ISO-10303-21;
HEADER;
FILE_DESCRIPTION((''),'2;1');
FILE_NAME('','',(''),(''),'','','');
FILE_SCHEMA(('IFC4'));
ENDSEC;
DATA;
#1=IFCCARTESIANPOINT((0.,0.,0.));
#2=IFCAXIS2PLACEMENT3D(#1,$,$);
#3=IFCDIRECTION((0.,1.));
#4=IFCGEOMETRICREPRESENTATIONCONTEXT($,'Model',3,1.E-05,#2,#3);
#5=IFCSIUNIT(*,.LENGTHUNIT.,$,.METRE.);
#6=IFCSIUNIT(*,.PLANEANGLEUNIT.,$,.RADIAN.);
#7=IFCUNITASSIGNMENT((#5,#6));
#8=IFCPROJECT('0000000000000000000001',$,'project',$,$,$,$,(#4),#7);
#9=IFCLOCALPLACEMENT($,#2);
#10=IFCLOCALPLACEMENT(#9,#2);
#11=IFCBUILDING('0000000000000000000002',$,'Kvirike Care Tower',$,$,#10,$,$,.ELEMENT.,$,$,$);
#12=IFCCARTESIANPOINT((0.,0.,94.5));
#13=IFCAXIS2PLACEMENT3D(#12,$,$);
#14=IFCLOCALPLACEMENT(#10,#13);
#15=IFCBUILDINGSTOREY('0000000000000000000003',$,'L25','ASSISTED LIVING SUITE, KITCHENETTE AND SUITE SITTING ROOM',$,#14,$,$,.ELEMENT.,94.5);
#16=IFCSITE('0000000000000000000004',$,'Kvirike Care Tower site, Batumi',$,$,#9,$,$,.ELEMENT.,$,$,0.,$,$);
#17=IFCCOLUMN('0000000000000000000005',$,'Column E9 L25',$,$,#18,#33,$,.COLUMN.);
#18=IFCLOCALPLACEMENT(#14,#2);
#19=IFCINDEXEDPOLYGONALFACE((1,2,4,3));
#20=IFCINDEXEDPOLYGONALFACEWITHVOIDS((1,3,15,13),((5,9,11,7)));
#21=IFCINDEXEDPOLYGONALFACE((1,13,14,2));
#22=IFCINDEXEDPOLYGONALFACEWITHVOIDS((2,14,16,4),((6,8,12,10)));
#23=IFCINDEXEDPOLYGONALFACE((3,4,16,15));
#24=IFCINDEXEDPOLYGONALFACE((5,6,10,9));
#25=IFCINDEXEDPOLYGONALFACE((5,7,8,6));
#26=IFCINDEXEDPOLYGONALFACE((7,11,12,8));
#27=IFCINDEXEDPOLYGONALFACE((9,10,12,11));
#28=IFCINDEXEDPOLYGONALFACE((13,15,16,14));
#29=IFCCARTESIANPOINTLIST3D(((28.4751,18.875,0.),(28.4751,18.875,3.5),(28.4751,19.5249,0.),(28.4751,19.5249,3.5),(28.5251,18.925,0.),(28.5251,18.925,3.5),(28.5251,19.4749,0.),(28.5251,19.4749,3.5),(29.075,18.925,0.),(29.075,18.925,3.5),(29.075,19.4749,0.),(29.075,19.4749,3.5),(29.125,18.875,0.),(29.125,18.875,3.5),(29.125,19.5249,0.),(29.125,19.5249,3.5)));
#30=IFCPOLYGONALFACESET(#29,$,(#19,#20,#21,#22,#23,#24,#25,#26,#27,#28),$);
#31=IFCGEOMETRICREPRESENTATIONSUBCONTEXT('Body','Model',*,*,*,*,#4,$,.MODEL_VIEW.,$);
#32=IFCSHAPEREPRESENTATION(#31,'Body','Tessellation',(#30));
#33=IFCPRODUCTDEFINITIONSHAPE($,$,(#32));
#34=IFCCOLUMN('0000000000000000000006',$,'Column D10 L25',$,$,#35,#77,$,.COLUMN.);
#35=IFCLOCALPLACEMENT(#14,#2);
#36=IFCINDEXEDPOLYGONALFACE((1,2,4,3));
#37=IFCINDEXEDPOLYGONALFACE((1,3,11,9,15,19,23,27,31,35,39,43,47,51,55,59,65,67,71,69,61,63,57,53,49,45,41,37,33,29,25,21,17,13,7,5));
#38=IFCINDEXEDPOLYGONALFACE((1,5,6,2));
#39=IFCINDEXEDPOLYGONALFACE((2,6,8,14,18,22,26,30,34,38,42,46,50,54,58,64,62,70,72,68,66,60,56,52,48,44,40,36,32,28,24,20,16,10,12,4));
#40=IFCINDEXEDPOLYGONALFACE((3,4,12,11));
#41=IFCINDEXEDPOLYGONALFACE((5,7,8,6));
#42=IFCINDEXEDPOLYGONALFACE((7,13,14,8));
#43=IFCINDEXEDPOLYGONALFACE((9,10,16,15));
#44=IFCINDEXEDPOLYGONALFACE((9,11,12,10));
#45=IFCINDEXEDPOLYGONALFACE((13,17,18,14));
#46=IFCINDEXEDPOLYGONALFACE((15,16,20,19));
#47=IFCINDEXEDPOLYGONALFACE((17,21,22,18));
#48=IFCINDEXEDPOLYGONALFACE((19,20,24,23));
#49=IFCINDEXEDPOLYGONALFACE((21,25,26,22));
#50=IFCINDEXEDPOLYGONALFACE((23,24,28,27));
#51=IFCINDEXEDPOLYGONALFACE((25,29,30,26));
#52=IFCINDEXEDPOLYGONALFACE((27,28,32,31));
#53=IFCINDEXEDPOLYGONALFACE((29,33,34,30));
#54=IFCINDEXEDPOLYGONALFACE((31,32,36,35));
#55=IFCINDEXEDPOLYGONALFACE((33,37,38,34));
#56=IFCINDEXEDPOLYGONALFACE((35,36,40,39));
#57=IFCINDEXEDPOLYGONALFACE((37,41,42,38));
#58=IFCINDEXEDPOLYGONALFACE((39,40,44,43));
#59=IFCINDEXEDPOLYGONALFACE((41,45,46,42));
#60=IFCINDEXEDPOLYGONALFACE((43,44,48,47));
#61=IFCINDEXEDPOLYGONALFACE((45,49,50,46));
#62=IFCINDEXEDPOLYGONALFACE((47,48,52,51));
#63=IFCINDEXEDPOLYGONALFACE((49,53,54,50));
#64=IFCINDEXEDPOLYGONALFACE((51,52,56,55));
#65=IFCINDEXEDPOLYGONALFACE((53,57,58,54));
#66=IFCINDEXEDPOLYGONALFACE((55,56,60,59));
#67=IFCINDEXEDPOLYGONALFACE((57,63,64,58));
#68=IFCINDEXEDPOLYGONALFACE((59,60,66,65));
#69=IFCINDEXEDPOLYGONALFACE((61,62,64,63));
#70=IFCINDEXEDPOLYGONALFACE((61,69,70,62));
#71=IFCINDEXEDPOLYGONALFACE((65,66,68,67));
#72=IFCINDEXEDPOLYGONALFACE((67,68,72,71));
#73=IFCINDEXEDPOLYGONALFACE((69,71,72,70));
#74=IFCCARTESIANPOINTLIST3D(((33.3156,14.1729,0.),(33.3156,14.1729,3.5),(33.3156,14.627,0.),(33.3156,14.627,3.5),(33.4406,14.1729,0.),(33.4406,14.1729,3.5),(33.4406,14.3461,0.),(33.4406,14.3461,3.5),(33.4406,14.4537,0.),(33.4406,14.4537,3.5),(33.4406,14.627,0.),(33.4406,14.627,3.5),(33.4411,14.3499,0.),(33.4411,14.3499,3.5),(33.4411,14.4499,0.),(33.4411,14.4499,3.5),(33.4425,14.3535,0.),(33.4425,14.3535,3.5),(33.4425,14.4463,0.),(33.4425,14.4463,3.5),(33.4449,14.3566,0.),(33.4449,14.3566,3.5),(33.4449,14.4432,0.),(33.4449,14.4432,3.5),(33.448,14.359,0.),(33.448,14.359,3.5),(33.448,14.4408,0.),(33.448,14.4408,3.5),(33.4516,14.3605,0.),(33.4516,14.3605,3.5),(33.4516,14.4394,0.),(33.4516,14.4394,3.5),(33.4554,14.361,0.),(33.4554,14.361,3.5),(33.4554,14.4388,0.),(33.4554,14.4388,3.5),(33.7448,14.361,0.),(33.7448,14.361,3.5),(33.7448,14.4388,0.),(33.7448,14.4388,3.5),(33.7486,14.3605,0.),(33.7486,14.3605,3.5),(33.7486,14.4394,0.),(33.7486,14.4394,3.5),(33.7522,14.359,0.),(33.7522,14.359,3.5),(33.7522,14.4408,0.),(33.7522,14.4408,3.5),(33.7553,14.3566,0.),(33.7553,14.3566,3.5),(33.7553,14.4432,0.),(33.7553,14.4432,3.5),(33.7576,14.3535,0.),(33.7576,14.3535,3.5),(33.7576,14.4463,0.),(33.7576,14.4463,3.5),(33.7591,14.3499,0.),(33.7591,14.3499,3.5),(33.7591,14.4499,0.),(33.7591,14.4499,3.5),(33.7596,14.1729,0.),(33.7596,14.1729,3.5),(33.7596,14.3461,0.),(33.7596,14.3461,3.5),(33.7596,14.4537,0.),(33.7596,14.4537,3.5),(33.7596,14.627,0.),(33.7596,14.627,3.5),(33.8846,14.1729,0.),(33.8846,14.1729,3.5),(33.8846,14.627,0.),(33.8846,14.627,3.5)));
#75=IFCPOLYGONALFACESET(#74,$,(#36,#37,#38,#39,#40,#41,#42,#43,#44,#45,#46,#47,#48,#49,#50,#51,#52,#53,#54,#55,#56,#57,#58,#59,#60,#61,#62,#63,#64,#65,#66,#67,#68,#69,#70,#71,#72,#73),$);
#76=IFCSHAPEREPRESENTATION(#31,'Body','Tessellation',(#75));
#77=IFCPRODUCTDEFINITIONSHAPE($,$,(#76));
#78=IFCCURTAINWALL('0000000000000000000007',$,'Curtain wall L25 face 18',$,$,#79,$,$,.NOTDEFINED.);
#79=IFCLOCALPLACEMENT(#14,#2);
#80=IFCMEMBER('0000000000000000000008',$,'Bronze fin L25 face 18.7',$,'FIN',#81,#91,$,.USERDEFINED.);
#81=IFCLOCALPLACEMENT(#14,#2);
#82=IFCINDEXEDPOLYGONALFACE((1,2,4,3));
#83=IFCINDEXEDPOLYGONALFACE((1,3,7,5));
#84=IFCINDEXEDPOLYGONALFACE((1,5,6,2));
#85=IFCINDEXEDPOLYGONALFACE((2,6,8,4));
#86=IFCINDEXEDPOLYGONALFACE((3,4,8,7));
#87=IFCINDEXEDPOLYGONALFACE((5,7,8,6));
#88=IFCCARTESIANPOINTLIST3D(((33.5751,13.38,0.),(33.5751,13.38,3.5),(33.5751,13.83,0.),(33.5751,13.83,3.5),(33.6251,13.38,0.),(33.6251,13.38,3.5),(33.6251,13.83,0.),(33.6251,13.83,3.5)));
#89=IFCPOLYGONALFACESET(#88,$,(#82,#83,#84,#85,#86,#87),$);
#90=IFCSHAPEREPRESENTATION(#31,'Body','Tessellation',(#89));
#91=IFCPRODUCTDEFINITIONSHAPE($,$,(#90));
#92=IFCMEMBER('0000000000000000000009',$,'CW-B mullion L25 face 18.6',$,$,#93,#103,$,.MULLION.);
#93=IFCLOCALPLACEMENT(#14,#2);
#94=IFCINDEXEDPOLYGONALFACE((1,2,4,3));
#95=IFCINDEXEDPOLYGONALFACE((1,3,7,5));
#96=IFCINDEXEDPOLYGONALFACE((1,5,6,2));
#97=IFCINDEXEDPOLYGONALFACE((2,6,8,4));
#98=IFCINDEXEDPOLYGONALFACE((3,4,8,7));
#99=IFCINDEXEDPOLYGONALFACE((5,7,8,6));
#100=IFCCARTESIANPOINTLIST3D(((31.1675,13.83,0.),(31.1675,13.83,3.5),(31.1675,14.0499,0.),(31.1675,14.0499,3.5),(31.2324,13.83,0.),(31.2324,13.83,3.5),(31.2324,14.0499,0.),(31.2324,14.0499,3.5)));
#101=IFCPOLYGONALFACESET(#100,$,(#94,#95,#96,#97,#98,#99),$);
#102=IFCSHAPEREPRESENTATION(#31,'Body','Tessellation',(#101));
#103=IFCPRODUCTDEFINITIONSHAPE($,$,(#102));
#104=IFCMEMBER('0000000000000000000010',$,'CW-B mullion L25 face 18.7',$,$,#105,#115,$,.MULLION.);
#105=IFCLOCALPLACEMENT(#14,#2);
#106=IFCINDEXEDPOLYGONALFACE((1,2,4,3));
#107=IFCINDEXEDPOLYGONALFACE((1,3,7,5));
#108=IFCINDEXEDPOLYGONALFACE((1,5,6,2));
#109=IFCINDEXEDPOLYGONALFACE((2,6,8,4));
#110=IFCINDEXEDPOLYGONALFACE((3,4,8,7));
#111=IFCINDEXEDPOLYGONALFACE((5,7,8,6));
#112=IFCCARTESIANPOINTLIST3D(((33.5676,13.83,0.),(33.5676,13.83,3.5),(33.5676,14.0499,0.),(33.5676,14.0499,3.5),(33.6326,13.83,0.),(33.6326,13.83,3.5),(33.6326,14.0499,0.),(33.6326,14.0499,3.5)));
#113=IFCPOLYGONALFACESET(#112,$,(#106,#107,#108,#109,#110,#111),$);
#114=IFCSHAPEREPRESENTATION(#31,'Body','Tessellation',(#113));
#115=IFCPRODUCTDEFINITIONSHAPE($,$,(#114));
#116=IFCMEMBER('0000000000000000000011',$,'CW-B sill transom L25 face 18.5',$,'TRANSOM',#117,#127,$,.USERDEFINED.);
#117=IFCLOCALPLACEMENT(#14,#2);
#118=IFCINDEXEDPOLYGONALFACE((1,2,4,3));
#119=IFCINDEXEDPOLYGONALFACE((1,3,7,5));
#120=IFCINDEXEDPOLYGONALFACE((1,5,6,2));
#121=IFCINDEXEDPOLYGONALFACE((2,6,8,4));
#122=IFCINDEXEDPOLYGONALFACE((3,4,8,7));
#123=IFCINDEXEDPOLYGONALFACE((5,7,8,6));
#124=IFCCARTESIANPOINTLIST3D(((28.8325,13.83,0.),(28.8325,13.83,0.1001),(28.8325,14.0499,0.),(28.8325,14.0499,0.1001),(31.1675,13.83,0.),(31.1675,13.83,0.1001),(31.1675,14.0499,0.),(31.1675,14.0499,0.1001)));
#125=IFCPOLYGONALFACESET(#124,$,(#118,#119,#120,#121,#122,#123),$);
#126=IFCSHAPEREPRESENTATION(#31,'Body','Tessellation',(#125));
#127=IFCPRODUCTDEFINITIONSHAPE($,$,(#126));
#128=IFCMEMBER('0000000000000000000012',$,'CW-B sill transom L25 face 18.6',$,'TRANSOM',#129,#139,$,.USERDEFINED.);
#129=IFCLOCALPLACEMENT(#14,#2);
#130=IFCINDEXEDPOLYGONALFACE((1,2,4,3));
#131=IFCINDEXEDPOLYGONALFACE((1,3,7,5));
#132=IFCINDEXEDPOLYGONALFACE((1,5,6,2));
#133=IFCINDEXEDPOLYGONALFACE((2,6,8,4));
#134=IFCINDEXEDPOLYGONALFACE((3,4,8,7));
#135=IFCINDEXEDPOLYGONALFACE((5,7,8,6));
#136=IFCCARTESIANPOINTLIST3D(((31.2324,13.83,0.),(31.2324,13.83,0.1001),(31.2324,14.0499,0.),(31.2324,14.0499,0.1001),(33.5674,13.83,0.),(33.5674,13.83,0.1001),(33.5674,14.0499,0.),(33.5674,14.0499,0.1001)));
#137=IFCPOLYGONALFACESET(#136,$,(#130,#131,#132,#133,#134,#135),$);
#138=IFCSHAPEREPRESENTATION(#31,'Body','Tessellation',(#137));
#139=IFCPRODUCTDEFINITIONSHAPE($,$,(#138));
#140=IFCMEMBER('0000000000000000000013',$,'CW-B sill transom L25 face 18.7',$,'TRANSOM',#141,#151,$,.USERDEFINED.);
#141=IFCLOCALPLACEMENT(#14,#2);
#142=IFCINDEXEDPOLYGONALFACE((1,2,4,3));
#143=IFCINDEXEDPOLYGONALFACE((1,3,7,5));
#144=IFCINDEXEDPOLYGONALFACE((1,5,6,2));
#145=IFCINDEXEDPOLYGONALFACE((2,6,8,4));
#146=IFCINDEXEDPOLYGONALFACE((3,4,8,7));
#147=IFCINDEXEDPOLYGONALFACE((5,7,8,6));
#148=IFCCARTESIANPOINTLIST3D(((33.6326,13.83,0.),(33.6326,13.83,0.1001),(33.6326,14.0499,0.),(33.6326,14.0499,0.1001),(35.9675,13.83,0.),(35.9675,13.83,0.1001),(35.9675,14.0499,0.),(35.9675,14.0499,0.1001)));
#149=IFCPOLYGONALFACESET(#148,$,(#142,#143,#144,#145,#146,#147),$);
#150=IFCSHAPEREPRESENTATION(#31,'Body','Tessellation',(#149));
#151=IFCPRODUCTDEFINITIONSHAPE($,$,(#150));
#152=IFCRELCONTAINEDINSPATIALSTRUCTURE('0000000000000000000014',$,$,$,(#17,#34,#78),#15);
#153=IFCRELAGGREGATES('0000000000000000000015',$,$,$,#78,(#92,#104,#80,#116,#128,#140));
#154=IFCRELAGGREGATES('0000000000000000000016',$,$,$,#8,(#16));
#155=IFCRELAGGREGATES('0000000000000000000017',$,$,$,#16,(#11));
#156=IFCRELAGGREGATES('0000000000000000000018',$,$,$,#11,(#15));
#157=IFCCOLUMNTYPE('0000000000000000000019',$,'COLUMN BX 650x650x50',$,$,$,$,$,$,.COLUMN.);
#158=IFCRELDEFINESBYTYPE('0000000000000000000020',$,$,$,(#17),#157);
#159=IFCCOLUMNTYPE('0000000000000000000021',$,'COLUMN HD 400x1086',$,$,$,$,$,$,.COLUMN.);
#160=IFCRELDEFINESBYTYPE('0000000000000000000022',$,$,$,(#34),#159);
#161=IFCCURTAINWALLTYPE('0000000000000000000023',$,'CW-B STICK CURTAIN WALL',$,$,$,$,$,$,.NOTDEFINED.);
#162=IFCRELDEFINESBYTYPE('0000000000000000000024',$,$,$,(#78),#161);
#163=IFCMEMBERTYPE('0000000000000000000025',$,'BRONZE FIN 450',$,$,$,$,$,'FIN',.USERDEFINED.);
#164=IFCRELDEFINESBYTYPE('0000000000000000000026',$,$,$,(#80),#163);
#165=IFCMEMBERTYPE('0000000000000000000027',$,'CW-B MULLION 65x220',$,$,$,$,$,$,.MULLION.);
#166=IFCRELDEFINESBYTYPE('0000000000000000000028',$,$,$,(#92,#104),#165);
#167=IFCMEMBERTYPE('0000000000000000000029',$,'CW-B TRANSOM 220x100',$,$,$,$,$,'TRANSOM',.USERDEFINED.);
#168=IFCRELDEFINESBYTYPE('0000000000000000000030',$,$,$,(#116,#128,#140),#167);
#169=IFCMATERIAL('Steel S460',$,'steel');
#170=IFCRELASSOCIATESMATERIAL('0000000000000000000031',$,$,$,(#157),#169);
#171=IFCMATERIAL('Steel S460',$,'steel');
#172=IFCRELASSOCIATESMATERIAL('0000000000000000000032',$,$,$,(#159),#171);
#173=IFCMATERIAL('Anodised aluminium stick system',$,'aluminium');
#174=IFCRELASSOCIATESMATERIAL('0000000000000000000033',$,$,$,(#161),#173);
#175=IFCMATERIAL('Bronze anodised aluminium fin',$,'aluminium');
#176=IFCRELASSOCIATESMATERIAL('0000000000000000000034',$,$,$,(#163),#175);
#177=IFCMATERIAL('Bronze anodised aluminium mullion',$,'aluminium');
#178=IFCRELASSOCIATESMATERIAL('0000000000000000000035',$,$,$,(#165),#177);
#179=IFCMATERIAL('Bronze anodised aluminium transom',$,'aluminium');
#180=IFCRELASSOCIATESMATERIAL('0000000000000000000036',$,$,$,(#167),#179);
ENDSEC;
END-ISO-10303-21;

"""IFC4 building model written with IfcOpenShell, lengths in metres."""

from ifc_helpers import new_model, si_unit, direction, frame, origin, origin_2d, place, context, subcontext, project, spatial, rectangle, hollow_rectangle, i_section, extrude, material, material_profile, profile_set, type_object, element, aggregate, save


model = new_model("IFC4")

# Units and contexts
model_context = context("Model", 3, precision=1e-05, world=origin(), true_north=direction((0.0, 1.0)))
body_context = subcontext(model_context, "Body", "Model", "MODEL_VIEW")
ifc_project = project(units=[si_unit("LENGTHUNIT", "METRE"), si_unit("PLANEANGLEUNIT", "RADIAN")], contexts=[model_context])

# Site, building, storey
site_placement = place(None, origin())
site = spatial("IfcSite", under=ifc_project, at=site_placement, Name="Kvirike Care Tower site, Batumi", CompositionType="ELEMENT", RefElevation=0.0)
building_placement = place(site_placement, origin())
building = spatial("IfcBuilding", under=site, at=building_placement, Name="Kvirike Care Tower", CompositionType="ELEMENT")
storey_placement = place(building_placement, frame((0.0, 0.0, 94.5)))
storey = spatial("IfcBuildingStorey", under=building, at=storey_placement, Name="L25", Description="ASSISTED LIVING SUITE, KITCHENETTE AND SUITE SITTING ROOM", CompositionType="ELEMENT", Elevation=94.5)

# Columns
ifc_material_1 = material(Name="Steel S460", Category="steel")
ifc_material_profile_1 = material_profile(ifc_material_1, hollow_rectangle(XDim=0.6499, YDim=0.6499, WallThickness=0.05, at=origin_2d()), Name="BX 650x650x50")
ifc_profile_set_1 = profile_set([ifc_material_profile_1], Name="Steel S460")
column_type_1 = type_object("IfcColumnType", Name="COLUMN BX 650x650x50", PredefinedType="COLUMN", material=ifc_profile_set_1)
column_1_placement = place(storey_placement, frame((28.8, 19.2, 0.0), z_axis=(0.0, 0.0, 1.0), x_axis=(1.0, 0.0, 0.0)))
element("IfcColumn", 1, at=column_1_placement, inside=storey, type_object=column_type_1, Name="Column E9 L25", PredefinedType="COLUMN", context=body_context, shape_type="SweptSolid", body=[
    extrude(hollow_rectangle(XDim=0.6499, YDim=0.6499, WallThickness=0.05, at=origin_2d()), origin(), (0.0, 0.0, 1.0), 3.5),
])
ifc_material_2 = material(Name="Steel S460", Category="steel")
ifc_material_profile_2 = material_profile(ifc_material_2, i_section(OverallWidth=0.4541, OverallDepth=0.5691, WebThickness=0.0779, FlangeThickness=0.125, FilletRadius=0.0149, at=origin_2d()), Name="HD 400x1086")
ifc_profile_set_2 = profile_set([ifc_material_profile_2], Name="Steel S460")
column_type_2 = type_object("IfcColumnType", Name="COLUMN HD 400x1086", PredefinedType="COLUMN", material=ifc_profile_set_2)
column_2_placement = place(storey_placement, frame((33.6001, 14.3999, 0.0), z_axis=(0.0, 0.0, 1.0), x_axis=(0.0, 1.0, 0.0)))
element("IfcColumn", 2, at=column_2_placement, inside=storey, type_object=column_type_2, Name="Column D10 L25", PredefinedType="COLUMN", context=body_context, shape_type="SweptSolid", body=[
    extrude(i_section(OverallWidth=0.4541, OverallDepth=0.5691, WebThickness=0.0779, FlangeThickness=0.125, FilletRadius=0.0149, at=origin_2d()), origin(), (0.0, 0.0, 1.0), 3.5),
])

# Curtain wall, members
ifc_material_3 = material(Name="Anodised aluminium stick system", Category="aluminium")
curtain_wall_type = type_object("IfcCurtainWallType", Name="CW-B STICK CURTAIN WALL", PredefinedType="NOTDEFINED", material=ifc_material_3)
curtain_wall_placement = place(storey_placement, origin())
curtain_wall = element("IfcCurtainWall", 3, at=curtain_wall_placement, inside=storey, type_object=curtain_wall_type, Name="Curtain wall L25 face 18", PredefinedType="NOTDEFINED")
ifc_material_4 = material(Name="Bronze anodised aluminium fin", Category="aluminium")
ifc_material_profile_3 = material_profile(ifc_material_4, rectangle(XDim=0.05, YDim=0.45, at=origin_2d()), Name="BRONZE FIN 450")
ifc_profile_set_3 = profile_set([ifc_material_profile_3], Name="Bronze anodised aluminium fin")
member_type_1 = type_object("IfcMemberType", Name="BRONZE FIN 450", ElementType="FIN", PredefinedType="USERDEFINED", material=ifc_profile_set_3)
member_1_placement = place(storey_placement, frame((33.6001, 13.605, 0.0), z_axis=(0.0, 0.0, 1.0), x_axis=(1.0, 0.0, 0.0)))
member_1 = element("IfcMember", 4, at=member_1_placement, type_object=member_type_1, Name="Bronze fin L25 face 18.7", ObjectType="FIN", PredefinedType="USERDEFINED", context=body_context, shape_type="SweptSolid", body=[
    extrude(rectangle(XDim=0.05, YDim=0.45, at=origin_2d()), origin(), (0.0, 0.0, 1.0), 3.5),
])
ifc_material_5 = material(Name="Bronze anodised aluminium mullion", Category="aluminium")
ifc_material_profile_4 = material_profile(ifc_material_5, rectangle(XDim=0.0649, YDim=0.22, at=origin_2d()), Name="CW-B MULLION 65x220")
ifc_profile_set_4 = profile_set([ifc_material_profile_4], Name="Bronze anodised aluminium mullion")
member_type_2 = type_object("IfcMemberType", Name="CW-B MULLION 65x220", PredefinedType="MULLION", material=ifc_profile_set_4)
member_2_placement = place(storey_placement, frame((31.2, 13.9399, 0.0), z_axis=(0.0, 0.0, 1.0), x_axis=(1.0, 0.0, 0.0)))
member_2 = element("IfcMember", 5, at=member_2_placement, type_object=member_type_2, Name="CW-B mullion L25 face 18.6", PredefinedType="MULLION", context=body_context, shape_type="SweptSolid", body=[
    extrude(rectangle(XDim=0.0649, YDim=0.22, at=origin_2d()), origin(), (0.0, 0.0, 1.0), 3.5),
])
member_3_placement = place(storey_placement, frame((33.6001, 13.9399, 0.0), z_axis=(0.0, 0.0, 1.0), x_axis=(1.0, 0.0, 0.0)))
member_3 = element("IfcMember", 6, at=member_3_placement, type_object=member_type_2, Name="CW-B mullion L25 face 18.7", PredefinedType="MULLION", context=body_context, shape_type="SweptSolid", body=[
    extrude(rectangle(XDim=0.0649, YDim=0.22, at=origin_2d()), origin(), (0.0, 0.0, 1.0), 3.5),
])
ifc_material_6 = material(Name="Bronze anodised aluminium transom", Category="aluminium")
ifc_material_profile_5 = material_profile(ifc_material_6, rectangle(XDim=0.22, YDim=0.1001, at=origin_2d()), Name="CW-B TRANSOM 220x100")
ifc_profile_set_5 = profile_set([ifc_material_profile_5], Name="Bronze anodised aluminium transom")
member_type_3 = type_object("IfcMemberType", Name="CW-B TRANSOM 220x100", ElementType="TRANSOM", PredefinedType="USERDEFINED", material=ifc_profile_set_5)
member_4_placement = place(storey_placement, frame((28.8325, 13.9399, 0.05), z_axis=(1.0, 0.0, 0.0), x_axis=(0.0, 1.0, 0.0)))
member_4 = element("IfcMember", 7, at=member_4_placement, type_object=member_type_3, Name="CW-B sill transom L25 face 18.5", ObjectType="TRANSOM", PredefinedType="USERDEFINED", context=body_context, shape_type="SweptSolid", body=[
    extrude(rectangle(XDim=0.22, YDim=0.1001, at=origin_2d()), origin(), (0.0, 0.0, 1.0), 2.335),
])
member_5_placement = place(storey_placement, frame((31.2324, 13.9399, 0.05), z_axis=(1.0, 0.0, 0.0), x_axis=(0.0, 1.0, 0.0)))
member_5 = element("IfcMember", 8, at=member_5_placement, type_object=member_type_3, Name="CW-B sill transom L25 face 18.6", ObjectType="TRANSOM", PredefinedType="USERDEFINED", context=body_context, shape_type="SweptSolid", body=[
    extrude(rectangle(XDim=0.22, YDim=0.1001, at=origin_2d()), origin(), (0.0, 0.0, 1.0), 2.335),
])
member_6_placement = place(storey_placement, frame((33.6326, 13.9399, 0.05), z_axis=(1.0, 0.0, 0.0), x_axis=(0.0, 1.0, 0.0)))
member_6 = element("IfcMember", 9, at=member_6_placement, type_object=member_type_3, Name="CW-B sill transom L25 face 18.7", ObjectType="TRANSOM", PredefinedType="USERDEFINED", context=body_context, shape_type="SweptSolid", body=[
    extrude(rectangle(XDim=0.22, YDim=0.1001, at=origin_2d()), origin(), (0.0, 0.0, 1.0), 2.335),
])

aggregate(curtain_wall, [member_2, member_3, member_1, member_4, member_5, member_6])

save(model, "model.ifc")
